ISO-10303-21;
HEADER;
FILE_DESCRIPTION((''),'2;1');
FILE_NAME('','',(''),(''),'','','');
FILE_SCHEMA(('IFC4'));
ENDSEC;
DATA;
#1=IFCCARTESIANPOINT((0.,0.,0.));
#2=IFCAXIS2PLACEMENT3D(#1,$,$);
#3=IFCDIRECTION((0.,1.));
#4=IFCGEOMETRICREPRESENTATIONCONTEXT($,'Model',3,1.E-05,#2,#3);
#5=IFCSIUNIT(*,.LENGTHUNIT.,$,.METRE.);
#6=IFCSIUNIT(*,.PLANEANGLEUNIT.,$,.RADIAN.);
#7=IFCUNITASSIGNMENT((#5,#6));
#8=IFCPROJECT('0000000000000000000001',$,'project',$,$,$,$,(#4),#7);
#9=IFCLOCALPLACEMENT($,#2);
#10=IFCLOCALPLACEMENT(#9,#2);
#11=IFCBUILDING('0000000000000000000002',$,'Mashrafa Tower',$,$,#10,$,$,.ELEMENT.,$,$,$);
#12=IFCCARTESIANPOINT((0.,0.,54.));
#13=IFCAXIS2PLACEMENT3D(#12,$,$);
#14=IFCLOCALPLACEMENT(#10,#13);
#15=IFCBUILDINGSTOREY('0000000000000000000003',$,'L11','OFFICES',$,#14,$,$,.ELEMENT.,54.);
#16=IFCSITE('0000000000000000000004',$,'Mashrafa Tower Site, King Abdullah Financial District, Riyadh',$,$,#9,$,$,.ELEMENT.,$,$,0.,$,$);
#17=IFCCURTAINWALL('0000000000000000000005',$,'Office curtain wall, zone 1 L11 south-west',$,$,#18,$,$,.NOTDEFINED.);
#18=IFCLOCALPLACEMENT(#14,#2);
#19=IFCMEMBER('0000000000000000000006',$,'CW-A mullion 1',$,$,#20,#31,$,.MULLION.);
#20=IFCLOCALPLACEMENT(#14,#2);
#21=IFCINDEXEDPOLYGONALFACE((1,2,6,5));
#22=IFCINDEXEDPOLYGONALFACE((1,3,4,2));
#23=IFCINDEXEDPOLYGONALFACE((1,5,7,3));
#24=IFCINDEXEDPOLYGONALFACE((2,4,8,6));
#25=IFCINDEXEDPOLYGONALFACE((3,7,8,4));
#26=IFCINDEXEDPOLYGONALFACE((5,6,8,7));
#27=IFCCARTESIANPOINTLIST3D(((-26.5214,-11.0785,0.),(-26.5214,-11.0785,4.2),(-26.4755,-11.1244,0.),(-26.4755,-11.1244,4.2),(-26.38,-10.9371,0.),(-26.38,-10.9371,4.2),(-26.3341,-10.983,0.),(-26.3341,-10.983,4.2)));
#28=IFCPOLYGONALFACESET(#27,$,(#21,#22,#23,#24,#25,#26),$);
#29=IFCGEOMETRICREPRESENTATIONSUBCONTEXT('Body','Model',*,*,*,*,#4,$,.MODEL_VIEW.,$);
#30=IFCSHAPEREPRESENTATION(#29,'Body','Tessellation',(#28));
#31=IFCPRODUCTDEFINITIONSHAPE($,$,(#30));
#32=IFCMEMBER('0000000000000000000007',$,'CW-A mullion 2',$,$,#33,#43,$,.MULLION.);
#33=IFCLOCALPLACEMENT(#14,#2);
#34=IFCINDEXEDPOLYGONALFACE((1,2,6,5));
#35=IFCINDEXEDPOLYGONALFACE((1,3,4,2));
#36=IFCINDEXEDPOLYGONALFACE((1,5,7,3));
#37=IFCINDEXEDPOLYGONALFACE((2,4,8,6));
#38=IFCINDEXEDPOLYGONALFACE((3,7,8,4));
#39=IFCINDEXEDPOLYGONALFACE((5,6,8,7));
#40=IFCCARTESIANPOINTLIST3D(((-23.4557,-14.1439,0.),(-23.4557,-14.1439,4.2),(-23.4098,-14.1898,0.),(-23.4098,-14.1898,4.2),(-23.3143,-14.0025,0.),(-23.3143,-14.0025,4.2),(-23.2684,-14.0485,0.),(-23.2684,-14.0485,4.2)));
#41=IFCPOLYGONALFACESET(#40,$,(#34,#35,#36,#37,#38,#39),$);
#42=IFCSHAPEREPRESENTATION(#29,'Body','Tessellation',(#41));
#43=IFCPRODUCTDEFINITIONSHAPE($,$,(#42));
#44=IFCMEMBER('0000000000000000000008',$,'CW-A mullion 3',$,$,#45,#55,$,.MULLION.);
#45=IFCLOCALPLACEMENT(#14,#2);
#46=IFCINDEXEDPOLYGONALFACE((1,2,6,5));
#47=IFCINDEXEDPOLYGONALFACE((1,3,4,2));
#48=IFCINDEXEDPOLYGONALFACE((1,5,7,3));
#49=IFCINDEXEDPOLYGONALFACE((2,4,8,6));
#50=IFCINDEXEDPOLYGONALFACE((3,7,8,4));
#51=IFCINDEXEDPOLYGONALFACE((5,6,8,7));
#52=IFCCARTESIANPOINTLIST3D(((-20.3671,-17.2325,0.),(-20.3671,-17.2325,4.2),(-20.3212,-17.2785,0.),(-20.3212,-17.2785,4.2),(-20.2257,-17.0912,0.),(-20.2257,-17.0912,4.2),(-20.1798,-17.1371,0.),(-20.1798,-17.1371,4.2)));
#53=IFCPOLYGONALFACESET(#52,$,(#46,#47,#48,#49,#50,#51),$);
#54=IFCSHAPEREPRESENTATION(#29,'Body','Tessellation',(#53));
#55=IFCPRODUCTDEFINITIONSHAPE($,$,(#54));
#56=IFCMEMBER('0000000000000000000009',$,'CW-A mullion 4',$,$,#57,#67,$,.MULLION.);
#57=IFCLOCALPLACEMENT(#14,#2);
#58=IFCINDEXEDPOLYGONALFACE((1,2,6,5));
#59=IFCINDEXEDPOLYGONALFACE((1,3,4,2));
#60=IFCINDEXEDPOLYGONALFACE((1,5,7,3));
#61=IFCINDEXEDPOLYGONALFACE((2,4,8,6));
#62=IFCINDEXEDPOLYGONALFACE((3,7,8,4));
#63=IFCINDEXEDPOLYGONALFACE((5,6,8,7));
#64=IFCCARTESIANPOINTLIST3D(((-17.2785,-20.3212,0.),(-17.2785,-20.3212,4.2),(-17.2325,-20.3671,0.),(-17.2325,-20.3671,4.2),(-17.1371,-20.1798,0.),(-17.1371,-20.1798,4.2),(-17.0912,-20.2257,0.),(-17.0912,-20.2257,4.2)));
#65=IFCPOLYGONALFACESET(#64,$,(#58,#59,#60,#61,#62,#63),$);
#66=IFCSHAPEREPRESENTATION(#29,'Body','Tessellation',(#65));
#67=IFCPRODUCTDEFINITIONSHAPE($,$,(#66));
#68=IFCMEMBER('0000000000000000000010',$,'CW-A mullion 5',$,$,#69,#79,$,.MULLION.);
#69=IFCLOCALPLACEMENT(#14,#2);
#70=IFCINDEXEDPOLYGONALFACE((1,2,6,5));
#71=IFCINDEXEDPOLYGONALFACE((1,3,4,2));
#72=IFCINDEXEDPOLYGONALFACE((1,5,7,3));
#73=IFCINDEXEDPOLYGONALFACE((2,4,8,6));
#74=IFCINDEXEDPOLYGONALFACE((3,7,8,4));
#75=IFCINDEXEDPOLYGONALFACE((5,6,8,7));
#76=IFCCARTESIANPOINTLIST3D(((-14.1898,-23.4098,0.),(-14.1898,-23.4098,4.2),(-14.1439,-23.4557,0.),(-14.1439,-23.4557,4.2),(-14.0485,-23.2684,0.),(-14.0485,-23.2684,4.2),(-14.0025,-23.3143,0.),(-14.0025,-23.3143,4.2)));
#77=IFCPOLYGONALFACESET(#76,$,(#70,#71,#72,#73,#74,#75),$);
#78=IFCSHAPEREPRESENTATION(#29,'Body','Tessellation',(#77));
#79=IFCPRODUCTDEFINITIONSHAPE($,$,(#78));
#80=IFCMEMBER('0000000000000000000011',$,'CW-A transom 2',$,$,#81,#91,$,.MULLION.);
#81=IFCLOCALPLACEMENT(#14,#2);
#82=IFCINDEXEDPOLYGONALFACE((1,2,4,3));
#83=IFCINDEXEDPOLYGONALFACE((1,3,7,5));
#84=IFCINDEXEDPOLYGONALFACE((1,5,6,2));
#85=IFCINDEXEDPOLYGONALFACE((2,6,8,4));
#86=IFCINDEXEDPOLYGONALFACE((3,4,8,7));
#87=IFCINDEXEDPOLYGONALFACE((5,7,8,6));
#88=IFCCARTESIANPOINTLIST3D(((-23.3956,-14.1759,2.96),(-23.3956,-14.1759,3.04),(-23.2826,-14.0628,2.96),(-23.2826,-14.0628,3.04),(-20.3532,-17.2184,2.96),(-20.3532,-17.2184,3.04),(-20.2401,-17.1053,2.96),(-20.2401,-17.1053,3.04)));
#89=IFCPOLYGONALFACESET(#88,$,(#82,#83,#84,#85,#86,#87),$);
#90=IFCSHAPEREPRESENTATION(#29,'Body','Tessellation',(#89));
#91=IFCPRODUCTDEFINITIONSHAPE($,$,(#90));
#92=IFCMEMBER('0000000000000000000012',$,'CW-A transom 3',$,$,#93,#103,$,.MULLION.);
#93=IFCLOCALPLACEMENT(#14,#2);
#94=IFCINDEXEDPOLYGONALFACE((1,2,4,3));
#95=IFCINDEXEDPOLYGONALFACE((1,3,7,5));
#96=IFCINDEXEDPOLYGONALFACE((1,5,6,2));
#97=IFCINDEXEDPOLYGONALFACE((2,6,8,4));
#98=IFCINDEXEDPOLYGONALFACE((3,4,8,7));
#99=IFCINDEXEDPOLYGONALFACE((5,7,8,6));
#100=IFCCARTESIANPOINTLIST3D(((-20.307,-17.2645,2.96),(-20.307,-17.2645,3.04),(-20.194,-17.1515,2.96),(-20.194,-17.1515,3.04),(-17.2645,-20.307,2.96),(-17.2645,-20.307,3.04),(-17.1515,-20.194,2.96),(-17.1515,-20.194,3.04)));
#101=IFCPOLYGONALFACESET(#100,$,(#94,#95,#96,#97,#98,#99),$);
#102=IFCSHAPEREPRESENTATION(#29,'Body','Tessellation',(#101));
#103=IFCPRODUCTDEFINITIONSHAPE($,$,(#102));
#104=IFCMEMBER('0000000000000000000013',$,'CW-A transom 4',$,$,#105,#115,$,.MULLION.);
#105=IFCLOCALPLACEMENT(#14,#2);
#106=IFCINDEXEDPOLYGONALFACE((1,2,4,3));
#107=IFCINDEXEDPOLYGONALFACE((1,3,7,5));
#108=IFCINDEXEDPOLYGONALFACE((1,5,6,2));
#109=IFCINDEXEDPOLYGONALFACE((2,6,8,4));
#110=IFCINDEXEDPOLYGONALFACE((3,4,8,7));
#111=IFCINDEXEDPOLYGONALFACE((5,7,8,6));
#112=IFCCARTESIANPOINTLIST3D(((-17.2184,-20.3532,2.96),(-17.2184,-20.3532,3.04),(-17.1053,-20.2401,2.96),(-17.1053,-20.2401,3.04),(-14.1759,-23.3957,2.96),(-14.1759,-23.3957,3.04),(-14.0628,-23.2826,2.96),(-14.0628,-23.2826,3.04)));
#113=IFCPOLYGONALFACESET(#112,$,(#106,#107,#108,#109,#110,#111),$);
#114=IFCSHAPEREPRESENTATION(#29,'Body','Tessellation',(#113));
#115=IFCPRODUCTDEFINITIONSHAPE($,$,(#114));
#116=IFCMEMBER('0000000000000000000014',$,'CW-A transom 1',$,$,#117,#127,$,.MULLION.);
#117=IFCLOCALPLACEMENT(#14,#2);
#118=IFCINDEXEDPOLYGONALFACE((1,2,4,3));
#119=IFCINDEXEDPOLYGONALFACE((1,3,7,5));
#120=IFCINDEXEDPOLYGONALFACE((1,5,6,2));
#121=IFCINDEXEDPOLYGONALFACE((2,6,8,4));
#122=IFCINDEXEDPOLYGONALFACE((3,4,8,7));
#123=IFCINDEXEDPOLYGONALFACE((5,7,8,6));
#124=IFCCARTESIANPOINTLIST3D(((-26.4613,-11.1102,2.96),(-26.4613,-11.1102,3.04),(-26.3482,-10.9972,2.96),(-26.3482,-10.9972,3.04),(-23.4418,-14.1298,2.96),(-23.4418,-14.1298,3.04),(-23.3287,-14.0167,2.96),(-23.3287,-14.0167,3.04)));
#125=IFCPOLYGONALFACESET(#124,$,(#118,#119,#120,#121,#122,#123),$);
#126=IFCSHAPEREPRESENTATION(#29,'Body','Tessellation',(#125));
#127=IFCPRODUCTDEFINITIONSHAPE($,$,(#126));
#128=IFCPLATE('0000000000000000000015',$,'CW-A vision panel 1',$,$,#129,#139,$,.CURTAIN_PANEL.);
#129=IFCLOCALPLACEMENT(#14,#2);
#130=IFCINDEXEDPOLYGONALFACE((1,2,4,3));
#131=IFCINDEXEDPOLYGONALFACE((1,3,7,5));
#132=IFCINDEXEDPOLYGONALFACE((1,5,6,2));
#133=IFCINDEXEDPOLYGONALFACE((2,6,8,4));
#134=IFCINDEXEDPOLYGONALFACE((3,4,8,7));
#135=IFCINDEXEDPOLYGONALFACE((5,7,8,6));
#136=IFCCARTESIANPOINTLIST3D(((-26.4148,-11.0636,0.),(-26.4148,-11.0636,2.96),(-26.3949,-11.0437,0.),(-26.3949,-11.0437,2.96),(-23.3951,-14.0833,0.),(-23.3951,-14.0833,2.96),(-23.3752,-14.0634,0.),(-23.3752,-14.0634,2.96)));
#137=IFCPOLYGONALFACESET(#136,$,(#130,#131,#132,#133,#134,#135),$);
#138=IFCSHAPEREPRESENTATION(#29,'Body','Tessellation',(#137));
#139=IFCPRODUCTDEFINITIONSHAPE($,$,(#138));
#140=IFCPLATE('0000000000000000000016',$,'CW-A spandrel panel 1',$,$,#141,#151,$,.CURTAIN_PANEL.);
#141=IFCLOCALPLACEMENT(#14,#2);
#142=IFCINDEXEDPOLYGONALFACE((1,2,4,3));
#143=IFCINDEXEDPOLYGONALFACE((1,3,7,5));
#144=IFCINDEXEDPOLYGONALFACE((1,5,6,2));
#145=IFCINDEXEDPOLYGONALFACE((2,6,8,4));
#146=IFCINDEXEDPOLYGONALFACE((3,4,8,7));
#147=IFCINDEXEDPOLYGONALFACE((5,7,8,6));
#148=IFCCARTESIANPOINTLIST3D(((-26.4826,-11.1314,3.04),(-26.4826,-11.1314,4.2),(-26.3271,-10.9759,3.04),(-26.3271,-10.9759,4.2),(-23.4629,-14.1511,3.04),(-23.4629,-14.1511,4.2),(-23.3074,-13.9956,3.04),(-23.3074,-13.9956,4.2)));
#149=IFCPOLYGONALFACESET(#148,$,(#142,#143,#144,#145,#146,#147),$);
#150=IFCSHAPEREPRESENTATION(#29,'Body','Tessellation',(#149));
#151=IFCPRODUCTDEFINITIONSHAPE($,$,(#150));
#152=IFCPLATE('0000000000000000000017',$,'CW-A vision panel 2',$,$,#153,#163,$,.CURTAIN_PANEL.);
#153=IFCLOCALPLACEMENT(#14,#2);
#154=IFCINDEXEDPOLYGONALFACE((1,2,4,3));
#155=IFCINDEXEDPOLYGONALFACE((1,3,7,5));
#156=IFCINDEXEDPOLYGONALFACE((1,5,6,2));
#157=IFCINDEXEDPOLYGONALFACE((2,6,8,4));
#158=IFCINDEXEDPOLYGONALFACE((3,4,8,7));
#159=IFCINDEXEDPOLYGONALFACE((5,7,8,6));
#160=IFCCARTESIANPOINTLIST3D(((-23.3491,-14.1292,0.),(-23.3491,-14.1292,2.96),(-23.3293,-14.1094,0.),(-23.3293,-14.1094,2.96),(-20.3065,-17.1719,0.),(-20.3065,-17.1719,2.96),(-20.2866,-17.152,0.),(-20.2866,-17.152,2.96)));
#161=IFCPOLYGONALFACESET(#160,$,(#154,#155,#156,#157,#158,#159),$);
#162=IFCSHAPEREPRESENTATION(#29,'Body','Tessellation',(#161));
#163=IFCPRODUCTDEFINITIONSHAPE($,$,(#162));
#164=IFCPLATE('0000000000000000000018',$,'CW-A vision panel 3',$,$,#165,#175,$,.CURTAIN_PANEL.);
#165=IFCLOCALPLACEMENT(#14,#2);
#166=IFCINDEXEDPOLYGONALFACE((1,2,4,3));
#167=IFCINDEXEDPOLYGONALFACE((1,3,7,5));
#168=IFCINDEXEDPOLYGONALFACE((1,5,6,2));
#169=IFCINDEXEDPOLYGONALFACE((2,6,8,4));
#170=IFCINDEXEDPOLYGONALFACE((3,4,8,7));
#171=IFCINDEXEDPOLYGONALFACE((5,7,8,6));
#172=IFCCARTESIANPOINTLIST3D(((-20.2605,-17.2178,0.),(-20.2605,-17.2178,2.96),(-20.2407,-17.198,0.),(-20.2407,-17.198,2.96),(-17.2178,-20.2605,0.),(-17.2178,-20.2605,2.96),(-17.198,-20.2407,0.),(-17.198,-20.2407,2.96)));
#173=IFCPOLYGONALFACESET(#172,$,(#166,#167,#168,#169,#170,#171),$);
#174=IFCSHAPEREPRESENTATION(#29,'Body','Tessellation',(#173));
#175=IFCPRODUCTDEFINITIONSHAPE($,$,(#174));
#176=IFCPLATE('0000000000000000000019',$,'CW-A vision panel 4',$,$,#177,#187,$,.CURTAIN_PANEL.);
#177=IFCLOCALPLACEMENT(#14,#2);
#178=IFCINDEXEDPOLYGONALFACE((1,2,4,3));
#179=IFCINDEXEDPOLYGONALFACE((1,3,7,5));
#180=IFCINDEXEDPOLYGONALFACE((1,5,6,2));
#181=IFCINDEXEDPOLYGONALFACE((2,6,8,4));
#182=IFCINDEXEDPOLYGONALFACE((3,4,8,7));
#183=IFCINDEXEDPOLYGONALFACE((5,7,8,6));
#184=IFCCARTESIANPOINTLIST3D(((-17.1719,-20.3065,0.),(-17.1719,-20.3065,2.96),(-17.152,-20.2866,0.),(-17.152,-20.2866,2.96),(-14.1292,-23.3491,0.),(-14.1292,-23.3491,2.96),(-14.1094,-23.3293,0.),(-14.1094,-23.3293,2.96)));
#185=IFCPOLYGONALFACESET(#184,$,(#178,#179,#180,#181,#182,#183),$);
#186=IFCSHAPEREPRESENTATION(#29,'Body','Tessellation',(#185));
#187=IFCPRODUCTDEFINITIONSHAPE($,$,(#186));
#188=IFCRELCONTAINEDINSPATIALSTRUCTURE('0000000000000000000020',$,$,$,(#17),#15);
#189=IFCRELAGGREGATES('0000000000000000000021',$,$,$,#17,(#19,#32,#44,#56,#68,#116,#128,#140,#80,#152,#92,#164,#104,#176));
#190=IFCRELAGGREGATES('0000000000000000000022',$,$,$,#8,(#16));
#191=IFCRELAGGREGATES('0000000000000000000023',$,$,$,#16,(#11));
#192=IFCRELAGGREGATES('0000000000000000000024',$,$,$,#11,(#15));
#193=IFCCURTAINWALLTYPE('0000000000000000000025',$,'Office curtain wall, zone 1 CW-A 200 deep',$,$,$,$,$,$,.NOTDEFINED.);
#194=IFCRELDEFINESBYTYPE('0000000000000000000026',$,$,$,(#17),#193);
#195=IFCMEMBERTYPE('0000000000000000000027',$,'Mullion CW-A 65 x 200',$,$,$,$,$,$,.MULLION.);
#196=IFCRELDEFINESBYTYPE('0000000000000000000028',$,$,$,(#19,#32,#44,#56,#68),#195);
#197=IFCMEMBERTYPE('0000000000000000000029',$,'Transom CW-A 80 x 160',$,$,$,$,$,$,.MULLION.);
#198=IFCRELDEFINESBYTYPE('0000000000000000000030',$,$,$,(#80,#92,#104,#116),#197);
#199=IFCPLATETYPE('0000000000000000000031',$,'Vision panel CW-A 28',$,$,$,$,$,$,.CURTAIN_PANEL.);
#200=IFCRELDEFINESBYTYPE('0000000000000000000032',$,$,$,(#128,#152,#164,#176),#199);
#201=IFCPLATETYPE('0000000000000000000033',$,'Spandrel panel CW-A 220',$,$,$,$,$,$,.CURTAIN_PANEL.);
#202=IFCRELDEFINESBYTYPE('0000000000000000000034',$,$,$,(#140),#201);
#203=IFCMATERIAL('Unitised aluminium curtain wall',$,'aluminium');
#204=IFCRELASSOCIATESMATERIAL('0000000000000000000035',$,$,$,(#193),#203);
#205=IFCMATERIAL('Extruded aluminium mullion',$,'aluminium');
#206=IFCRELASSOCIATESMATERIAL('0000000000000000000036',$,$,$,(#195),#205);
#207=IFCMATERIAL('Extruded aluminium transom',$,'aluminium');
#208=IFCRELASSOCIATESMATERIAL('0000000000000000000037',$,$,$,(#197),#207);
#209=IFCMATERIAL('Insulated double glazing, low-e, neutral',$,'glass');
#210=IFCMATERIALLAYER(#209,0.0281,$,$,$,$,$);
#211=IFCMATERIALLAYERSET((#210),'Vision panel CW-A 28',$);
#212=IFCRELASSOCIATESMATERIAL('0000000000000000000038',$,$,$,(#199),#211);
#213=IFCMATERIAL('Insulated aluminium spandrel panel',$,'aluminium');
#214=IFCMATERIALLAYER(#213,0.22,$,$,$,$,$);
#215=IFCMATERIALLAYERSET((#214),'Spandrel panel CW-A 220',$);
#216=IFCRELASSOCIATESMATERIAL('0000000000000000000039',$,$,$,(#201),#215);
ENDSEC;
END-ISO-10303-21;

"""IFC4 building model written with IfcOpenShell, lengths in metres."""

from ifc_helpers import new_model, si_unit, direction, frame, origin, origin_2d, place, context, subcontext, project, spatial, rectangle, extrude, source, transform, mapped, material, layer, layer_set, material_profile, profile_set, type_object, type_shapes, element, aggregate, save


model = new_model("IFC4")

# Units and contexts
model_context = context("Model", 3, precision=1e-05, world=origin(), true_north=direction((0.0, 1.0)))
body_context = subcontext(model_context, "Body", "Model", "MODEL_VIEW")
ifc_project = project(units=[si_unit("LENGTHUNIT", "METRE"), si_unit("PLANEANGLEUNIT", "RADIAN")], contexts=[model_context])

# Site, building, storey
site_placement = place(None, origin())
site = spatial("IfcSite", under=ifc_project, at=site_placement, Name="Mashrafa Tower Site, King Abdullah Financial District, Riyadh", CompositionType="ELEMENT", RefElevation=0.0)
building_placement = place(site_placement, origin())
building = spatial("IfcBuilding", under=site, at=building_placement, Name="Mashrafa Tower", CompositionType="ELEMENT")
storey_placement = place(building_placement, frame((0.0, 0.0, 54.0)))
storey = spatial("IfcBuildingStorey", under=building, at=storey_placement, Name="L11", Description="OFFICES", CompositionType="ELEMENT", Elevation=54.0)

# Shared definitions
ifc_material_1 = material(Name="Unitised aluminium curtain wall", Category="aluminium")
curtain_wall_type = type_object("IfcCurtainWallType", Name="Office curtain wall, zone 1 CW-A 200 deep", PredefinedType="NOTDEFINED", material=ifc_material_1)
ifc_material_2 = material(Name="Extruded aluminium mullion", Category="aluminium")
ifc_material_profile_1 = material_profile(ifc_material_2, rectangle(XDim=0.2, YDim=0.0649, at=origin_2d()), Name="Mullion 65x200")
ifc_profile_set_1 = profile_set([ifc_material_profile_1], Name="Extruded aluminium mullion")
member_type_1 = type_object("IfcMemberType", Name="Mullion CW-A 65 x 200", PredefinedType="MULLION", material=ifc_profile_set_1)
shared_shape_1 = source(origin(), body_context, "Body", "SweptSolid", [
    extrude(rectangle(XDim=0.2, YDim=0.0649, at=origin_2d()), origin(), (0.0, 0.0, 1.0), 4.2),
])
type_shapes(member_type_1, [shared_shape_1])

# Curtain wall, members, plates
curtain_wall_1_placement = place(storey_placement, origin())
curtain_wall_1 = element("IfcCurtainWall", 1, at=curtain_wall_1_placement, inside=storey, type_object=curtain_wall_type, Name="Office curtain wall, zone 1 L11 south-west", PredefinedType="NOTDEFINED")
member_1_placement = place(storey_placement, frame((-26.4277, -11.0308, 0.0), z_axis=(0.0, 0.0, 1.0), x_axis=(0.707107, 0.707107, 0.0)))
member_1 = element("IfcMember", 2, at=member_1_placement, type_object=member_type_1, Name="CW-A mullion 1", PredefinedType="MULLION", context=body_context, shape_type="MappedRepresentation", body=[
    mapped(shared_shape_1, transform((0.0, 0.0, 0.0))),
])
member_2_placement = place(storey_placement, frame((-23.3621, -14.0962, 0.0), z_axis=(0.0, 0.0, 1.0), x_axis=(0.707107, 0.707107, 0.0)))
member_2 = element("IfcMember", 3, at=member_2_placement, type_object=member_type_1, Name="CW-A mullion 2", PredefinedType="MULLION", context=body_context, shape_type="MappedRepresentation", body=[
    mapped(shared_shape_1, transform((0.0, 0.0, 0.0))),
])
member_3_placement = place(storey_placement, frame((-20.2734, -17.1848, 0.0), z_axis=(0.0, 0.0, 1.0), x_axis=(0.707107, 0.707107, 0.0)))
member_3 = element("IfcMember", 4, at=member_3_placement, type_object=member_type_1, Name="CW-A mullion 3", PredefinedType="MULLION", context=body_context, shape_type="MappedRepresentation", body=[
    mapped(shared_shape_1, transform((0.0, 0.0, 0.0))),
])
member_4_placement = place(storey_placement, frame((-17.1848, -20.2734, 0.0), z_axis=(0.0, 0.0, 1.0), x_axis=(0.707107, 0.707107, 0.0)))
member_4 = element("IfcMember", 5, at=member_4_placement, type_object=member_type_1, Name="CW-A mullion 4", PredefinedType="MULLION", context=body_context, shape_type="MappedRepresentation", body=[
    mapped(shared_shape_1, transform((0.0, 0.0, 0.0))),
])
member_5_placement = place(storey_placement, frame((-14.0962, -23.3621, 0.0), z_axis=(0.0, 0.0, 1.0), x_axis=(0.707107, 0.707107, 0.0)))
member_5 = element("IfcMember", 6, at=member_5_placement, type_object=member_type_1, Name="CW-A mullion 5", PredefinedType="MULLION", context=body_context, shape_type="MappedRepresentation", body=[
    mapped(shared_shape_1, transform((0.0, 0.0, 0.0))),
])
ifc_material_3 = material(Name="Extruded aluminium transom", Category="aluminium")
ifc_material_profile_2 = material_profile(ifc_material_3, rectangle(XDim=0.1599, YDim=0.0801, at=origin_2d()), Name="Transom 80x160")
ifc_profile_set_2 = profile_set([ifc_material_profile_2], Name="Extruded aluminium transom")
member_type_2 = type_object("IfcMemberType", Name="Transom CW-A 80 x 160", PredefinedType="MULLION", material=ifc_profile_set_2)
shared_shape_2 = source(origin(), body_context, "Body", "SweptSolid", [
    extrude(rectangle(XDim=0.1599, YDim=0.0801, at=origin_2d()), origin(), (0.0, 0.0, 1.0), 4.3027),
])
member_6_placement = place(storey_placement, frame((-23.3391, -14.1194, 3.0), z_axis=(0.707107, -0.707107, 0.0), x_axis=(0.707107, 0.707107, 0.0)))
member_6 = element("IfcMember", 7, at=member_6_placement, type_object=member_type_2, Name="CW-A transom 2", PredefinedType="MULLION", context=body_context, shape_type="MappedRepresentation", body=[
    mapped(shared_shape_2, transform((0.0, 0.0, 0.0))),
])
member_7_placement = place(storey_placement, frame((-20.2505, -17.208, 3.0), z_axis=(0.707107, -0.707107, 0.0), x_axis=(0.707107, 0.707107, 0.0)))
member_7 = element("IfcMember", 8, at=member_7_placement, type_object=member_type_2, Name="CW-A transom 3", PredefinedType="MULLION", context=body_context, shape_type="MappedRepresentation", body=[
    mapped(shared_shape_2, transform((0.0, 0.0, 0.0))),
])
member_8_placement = place(storey_placement, frame((-17.1619, -20.2966, 3.0), z_axis=(0.707107, -0.707107, 0.0), x_axis=(0.707107, 0.707107, 0.0)))
member_8 = element("IfcMember", 9, at=member_8_placement, type_object=member_type_2, Name="CW-A transom 4", PredefinedType="MULLION", context=body_context, shape_type="MappedRepresentation", body=[
    mapped(shared_shape_2, transform((0.0, 0.0, 0.0))),
])
shared_shape_3 = source(origin(), body_context, "Body", "SweptSolid", [
    extrude(rectangle(XDim=0.1599, YDim=0.0801, at=origin_2d()), origin(), (0.0, 0.0, 1.0), 4.2703),
])
type_shapes(member_type_2, [shared_shape_2, shared_shape_3])
member_9_placement = place(storey_placement, frame((-26.4048, -11.0537, 3.0), z_axis=(0.707107, -0.707107, 0.0), x_axis=(0.707107, 0.707107, 0.0)))
member_9 = element("IfcMember", 10, at=member_9_placement, type_object=member_type_2, Name="CW-A transom 1", PredefinedType="MULLION", context=body_context, shape_type="MappedRepresentation", body=[
    mapped(shared_shape_3, transform((0.0, 0.0, 0.0))),
])
ifc_material_4 = material(Name="Insulated double glazing, low-e, neutral", Category="glass")
ifc_layer_1 = layer(ifc_material_4, 0.0281)
ifc_layer_set_1 = layer_set([ifc_layer_1], Name="Vision panel CW-A 28")
plate_type_1 = type_object("IfcPlateType", Name="Vision panel CW-A 28", PredefinedType="CURTAIN_PANEL", material=ifc_layer_set_1)
shared_shape_4 = source(origin(), body_context, "Body", "SweptSolid", [
    extrude(rectangle(XDim=4.2705, YDim=0.0281, at=origin_2d()), origin(), (0.0, 0.0, 1.0), 2.96),
])
plate_1_placement = place(storey_placement, frame((-24.895, -12.5635, 0.0), z_axis=(0.0, 0.0, 1.0), x_axis=(0.707107, -0.707107, 0.0)))
plate_1 = element("IfcPlate", 11, at=plate_1_placement, type_object=plate_type_1, Name="CW-A vision panel 1", PredefinedType="CURTAIN_PANEL", context=body_context, shape_type="MappedRepresentation", body=[
    mapped(shared_shape_4, transform((0.0, 0.0, 0.0))),
])
ifc_material_5 = material(Name="Insulated aluminium spandrel panel", Category="aluminium")
ifc_layer_2 = layer(ifc_material_5, 0.22)
ifc_layer_set_2 = layer_set([ifc_layer_2], Name="Spandrel panel CW-A 220")
plate_type_2 = type_object("IfcPlateType", Name="Spandrel panel CW-A 220", PredefinedType="CURTAIN_PANEL", material=ifc_layer_set_2)
shared_shape_5 = source(origin(), body_context, "Body", "SweptSolid", [
    extrude(rectangle(XDim=4.2705, YDim=0.22, at=origin_2d()), origin(), (0.0, 0.0, 1.0), 1.1599),
])
plate_2_placement = place(storey_placement, frame((-24.895, -12.5635, 3.04), z_axis=(0.0, 0.0, 1.0), x_axis=(0.707107, -0.707107, 0.0)))
plate_2 = element("IfcPlate", 12, at=plate_2_placement, type_object=plate_type_2, Name="CW-A spandrel panel 1", PredefinedType="CURTAIN_PANEL", context=body_context, shape_type="MappedRepresentation", body=[
    mapped(shared_shape_5, transform((0.0, 0.0, 0.0))),
])
shared_shape_6 = source(origin(), body_context, "Body", "SweptSolid", [
    extrude(rectangle(XDim=4.303, YDim=0.0281, at=origin_2d()), origin(), (0.0, 0.0, 1.0), 2.96),
])
type_shapes(plate_type_1, [shared_shape_4, shared_shape_6])
plate_3_placement = place(storey_placement, frame((-21.8179, -15.6406, 0.0), z_axis=(0.0, 0.0, 1.0), x_axis=(0.707107, -0.707107, 0.0)))
plate_3 = element("IfcPlate", 13, at=plate_3_placement, type_object=plate_type_1, Name="CW-A vision panel 2", PredefinedType="CURTAIN_PANEL", context=body_context, shape_type="MappedRepresentation", body=[
    mapped(shared_shape_6, transform((0.0, 0.0, 0.0))),
])
plate_4_placement = place(storey_placement, frame((-18.7292, -18.7292, 0.0), z_axis=(0.0, 0.0, 1.0), x_axis=(0.707107, -0.707107, 0.0)))
plate_4 = element("IfcPlate", 14, at=plate_4_placement, type_object=plate_type_1, Name="CW-A vision panel 3", PredefinedType="CURTAIN_PANEL", context=body_context, shape_type="MappedRepresentation", body=[
    mapped(shared_shape_6, transform((0.0, 0.0, 0.0))),
])
plate_5_placement = place(storey_placement, frame((-15.6406, -21.8179, 0.0), z_axis=(0.0, 0.0, 1.0), x_axis=(0.707107, -0.707107, 0.0)))
plate_5 = element("IfcPlate", 15, at=plate_5_placement, type_object=plate_type_1, Name="CW-A vision panel 4", PredefinedType="CURTAIN_PANEL", context=body_context, shape_type="MappedRepresentation", body=[
    mapped(shared_shape_6, transform((0.0, 0.0, 0.0))),
])
aggregate(curtain_wall_1, [member_1, member_2, member_3, member_4, member_5, member_9, plate_1, plate_2, member_6, plate_3, member_7, plate_4, member_8, plate_5])

save(model, "model.ifc")
